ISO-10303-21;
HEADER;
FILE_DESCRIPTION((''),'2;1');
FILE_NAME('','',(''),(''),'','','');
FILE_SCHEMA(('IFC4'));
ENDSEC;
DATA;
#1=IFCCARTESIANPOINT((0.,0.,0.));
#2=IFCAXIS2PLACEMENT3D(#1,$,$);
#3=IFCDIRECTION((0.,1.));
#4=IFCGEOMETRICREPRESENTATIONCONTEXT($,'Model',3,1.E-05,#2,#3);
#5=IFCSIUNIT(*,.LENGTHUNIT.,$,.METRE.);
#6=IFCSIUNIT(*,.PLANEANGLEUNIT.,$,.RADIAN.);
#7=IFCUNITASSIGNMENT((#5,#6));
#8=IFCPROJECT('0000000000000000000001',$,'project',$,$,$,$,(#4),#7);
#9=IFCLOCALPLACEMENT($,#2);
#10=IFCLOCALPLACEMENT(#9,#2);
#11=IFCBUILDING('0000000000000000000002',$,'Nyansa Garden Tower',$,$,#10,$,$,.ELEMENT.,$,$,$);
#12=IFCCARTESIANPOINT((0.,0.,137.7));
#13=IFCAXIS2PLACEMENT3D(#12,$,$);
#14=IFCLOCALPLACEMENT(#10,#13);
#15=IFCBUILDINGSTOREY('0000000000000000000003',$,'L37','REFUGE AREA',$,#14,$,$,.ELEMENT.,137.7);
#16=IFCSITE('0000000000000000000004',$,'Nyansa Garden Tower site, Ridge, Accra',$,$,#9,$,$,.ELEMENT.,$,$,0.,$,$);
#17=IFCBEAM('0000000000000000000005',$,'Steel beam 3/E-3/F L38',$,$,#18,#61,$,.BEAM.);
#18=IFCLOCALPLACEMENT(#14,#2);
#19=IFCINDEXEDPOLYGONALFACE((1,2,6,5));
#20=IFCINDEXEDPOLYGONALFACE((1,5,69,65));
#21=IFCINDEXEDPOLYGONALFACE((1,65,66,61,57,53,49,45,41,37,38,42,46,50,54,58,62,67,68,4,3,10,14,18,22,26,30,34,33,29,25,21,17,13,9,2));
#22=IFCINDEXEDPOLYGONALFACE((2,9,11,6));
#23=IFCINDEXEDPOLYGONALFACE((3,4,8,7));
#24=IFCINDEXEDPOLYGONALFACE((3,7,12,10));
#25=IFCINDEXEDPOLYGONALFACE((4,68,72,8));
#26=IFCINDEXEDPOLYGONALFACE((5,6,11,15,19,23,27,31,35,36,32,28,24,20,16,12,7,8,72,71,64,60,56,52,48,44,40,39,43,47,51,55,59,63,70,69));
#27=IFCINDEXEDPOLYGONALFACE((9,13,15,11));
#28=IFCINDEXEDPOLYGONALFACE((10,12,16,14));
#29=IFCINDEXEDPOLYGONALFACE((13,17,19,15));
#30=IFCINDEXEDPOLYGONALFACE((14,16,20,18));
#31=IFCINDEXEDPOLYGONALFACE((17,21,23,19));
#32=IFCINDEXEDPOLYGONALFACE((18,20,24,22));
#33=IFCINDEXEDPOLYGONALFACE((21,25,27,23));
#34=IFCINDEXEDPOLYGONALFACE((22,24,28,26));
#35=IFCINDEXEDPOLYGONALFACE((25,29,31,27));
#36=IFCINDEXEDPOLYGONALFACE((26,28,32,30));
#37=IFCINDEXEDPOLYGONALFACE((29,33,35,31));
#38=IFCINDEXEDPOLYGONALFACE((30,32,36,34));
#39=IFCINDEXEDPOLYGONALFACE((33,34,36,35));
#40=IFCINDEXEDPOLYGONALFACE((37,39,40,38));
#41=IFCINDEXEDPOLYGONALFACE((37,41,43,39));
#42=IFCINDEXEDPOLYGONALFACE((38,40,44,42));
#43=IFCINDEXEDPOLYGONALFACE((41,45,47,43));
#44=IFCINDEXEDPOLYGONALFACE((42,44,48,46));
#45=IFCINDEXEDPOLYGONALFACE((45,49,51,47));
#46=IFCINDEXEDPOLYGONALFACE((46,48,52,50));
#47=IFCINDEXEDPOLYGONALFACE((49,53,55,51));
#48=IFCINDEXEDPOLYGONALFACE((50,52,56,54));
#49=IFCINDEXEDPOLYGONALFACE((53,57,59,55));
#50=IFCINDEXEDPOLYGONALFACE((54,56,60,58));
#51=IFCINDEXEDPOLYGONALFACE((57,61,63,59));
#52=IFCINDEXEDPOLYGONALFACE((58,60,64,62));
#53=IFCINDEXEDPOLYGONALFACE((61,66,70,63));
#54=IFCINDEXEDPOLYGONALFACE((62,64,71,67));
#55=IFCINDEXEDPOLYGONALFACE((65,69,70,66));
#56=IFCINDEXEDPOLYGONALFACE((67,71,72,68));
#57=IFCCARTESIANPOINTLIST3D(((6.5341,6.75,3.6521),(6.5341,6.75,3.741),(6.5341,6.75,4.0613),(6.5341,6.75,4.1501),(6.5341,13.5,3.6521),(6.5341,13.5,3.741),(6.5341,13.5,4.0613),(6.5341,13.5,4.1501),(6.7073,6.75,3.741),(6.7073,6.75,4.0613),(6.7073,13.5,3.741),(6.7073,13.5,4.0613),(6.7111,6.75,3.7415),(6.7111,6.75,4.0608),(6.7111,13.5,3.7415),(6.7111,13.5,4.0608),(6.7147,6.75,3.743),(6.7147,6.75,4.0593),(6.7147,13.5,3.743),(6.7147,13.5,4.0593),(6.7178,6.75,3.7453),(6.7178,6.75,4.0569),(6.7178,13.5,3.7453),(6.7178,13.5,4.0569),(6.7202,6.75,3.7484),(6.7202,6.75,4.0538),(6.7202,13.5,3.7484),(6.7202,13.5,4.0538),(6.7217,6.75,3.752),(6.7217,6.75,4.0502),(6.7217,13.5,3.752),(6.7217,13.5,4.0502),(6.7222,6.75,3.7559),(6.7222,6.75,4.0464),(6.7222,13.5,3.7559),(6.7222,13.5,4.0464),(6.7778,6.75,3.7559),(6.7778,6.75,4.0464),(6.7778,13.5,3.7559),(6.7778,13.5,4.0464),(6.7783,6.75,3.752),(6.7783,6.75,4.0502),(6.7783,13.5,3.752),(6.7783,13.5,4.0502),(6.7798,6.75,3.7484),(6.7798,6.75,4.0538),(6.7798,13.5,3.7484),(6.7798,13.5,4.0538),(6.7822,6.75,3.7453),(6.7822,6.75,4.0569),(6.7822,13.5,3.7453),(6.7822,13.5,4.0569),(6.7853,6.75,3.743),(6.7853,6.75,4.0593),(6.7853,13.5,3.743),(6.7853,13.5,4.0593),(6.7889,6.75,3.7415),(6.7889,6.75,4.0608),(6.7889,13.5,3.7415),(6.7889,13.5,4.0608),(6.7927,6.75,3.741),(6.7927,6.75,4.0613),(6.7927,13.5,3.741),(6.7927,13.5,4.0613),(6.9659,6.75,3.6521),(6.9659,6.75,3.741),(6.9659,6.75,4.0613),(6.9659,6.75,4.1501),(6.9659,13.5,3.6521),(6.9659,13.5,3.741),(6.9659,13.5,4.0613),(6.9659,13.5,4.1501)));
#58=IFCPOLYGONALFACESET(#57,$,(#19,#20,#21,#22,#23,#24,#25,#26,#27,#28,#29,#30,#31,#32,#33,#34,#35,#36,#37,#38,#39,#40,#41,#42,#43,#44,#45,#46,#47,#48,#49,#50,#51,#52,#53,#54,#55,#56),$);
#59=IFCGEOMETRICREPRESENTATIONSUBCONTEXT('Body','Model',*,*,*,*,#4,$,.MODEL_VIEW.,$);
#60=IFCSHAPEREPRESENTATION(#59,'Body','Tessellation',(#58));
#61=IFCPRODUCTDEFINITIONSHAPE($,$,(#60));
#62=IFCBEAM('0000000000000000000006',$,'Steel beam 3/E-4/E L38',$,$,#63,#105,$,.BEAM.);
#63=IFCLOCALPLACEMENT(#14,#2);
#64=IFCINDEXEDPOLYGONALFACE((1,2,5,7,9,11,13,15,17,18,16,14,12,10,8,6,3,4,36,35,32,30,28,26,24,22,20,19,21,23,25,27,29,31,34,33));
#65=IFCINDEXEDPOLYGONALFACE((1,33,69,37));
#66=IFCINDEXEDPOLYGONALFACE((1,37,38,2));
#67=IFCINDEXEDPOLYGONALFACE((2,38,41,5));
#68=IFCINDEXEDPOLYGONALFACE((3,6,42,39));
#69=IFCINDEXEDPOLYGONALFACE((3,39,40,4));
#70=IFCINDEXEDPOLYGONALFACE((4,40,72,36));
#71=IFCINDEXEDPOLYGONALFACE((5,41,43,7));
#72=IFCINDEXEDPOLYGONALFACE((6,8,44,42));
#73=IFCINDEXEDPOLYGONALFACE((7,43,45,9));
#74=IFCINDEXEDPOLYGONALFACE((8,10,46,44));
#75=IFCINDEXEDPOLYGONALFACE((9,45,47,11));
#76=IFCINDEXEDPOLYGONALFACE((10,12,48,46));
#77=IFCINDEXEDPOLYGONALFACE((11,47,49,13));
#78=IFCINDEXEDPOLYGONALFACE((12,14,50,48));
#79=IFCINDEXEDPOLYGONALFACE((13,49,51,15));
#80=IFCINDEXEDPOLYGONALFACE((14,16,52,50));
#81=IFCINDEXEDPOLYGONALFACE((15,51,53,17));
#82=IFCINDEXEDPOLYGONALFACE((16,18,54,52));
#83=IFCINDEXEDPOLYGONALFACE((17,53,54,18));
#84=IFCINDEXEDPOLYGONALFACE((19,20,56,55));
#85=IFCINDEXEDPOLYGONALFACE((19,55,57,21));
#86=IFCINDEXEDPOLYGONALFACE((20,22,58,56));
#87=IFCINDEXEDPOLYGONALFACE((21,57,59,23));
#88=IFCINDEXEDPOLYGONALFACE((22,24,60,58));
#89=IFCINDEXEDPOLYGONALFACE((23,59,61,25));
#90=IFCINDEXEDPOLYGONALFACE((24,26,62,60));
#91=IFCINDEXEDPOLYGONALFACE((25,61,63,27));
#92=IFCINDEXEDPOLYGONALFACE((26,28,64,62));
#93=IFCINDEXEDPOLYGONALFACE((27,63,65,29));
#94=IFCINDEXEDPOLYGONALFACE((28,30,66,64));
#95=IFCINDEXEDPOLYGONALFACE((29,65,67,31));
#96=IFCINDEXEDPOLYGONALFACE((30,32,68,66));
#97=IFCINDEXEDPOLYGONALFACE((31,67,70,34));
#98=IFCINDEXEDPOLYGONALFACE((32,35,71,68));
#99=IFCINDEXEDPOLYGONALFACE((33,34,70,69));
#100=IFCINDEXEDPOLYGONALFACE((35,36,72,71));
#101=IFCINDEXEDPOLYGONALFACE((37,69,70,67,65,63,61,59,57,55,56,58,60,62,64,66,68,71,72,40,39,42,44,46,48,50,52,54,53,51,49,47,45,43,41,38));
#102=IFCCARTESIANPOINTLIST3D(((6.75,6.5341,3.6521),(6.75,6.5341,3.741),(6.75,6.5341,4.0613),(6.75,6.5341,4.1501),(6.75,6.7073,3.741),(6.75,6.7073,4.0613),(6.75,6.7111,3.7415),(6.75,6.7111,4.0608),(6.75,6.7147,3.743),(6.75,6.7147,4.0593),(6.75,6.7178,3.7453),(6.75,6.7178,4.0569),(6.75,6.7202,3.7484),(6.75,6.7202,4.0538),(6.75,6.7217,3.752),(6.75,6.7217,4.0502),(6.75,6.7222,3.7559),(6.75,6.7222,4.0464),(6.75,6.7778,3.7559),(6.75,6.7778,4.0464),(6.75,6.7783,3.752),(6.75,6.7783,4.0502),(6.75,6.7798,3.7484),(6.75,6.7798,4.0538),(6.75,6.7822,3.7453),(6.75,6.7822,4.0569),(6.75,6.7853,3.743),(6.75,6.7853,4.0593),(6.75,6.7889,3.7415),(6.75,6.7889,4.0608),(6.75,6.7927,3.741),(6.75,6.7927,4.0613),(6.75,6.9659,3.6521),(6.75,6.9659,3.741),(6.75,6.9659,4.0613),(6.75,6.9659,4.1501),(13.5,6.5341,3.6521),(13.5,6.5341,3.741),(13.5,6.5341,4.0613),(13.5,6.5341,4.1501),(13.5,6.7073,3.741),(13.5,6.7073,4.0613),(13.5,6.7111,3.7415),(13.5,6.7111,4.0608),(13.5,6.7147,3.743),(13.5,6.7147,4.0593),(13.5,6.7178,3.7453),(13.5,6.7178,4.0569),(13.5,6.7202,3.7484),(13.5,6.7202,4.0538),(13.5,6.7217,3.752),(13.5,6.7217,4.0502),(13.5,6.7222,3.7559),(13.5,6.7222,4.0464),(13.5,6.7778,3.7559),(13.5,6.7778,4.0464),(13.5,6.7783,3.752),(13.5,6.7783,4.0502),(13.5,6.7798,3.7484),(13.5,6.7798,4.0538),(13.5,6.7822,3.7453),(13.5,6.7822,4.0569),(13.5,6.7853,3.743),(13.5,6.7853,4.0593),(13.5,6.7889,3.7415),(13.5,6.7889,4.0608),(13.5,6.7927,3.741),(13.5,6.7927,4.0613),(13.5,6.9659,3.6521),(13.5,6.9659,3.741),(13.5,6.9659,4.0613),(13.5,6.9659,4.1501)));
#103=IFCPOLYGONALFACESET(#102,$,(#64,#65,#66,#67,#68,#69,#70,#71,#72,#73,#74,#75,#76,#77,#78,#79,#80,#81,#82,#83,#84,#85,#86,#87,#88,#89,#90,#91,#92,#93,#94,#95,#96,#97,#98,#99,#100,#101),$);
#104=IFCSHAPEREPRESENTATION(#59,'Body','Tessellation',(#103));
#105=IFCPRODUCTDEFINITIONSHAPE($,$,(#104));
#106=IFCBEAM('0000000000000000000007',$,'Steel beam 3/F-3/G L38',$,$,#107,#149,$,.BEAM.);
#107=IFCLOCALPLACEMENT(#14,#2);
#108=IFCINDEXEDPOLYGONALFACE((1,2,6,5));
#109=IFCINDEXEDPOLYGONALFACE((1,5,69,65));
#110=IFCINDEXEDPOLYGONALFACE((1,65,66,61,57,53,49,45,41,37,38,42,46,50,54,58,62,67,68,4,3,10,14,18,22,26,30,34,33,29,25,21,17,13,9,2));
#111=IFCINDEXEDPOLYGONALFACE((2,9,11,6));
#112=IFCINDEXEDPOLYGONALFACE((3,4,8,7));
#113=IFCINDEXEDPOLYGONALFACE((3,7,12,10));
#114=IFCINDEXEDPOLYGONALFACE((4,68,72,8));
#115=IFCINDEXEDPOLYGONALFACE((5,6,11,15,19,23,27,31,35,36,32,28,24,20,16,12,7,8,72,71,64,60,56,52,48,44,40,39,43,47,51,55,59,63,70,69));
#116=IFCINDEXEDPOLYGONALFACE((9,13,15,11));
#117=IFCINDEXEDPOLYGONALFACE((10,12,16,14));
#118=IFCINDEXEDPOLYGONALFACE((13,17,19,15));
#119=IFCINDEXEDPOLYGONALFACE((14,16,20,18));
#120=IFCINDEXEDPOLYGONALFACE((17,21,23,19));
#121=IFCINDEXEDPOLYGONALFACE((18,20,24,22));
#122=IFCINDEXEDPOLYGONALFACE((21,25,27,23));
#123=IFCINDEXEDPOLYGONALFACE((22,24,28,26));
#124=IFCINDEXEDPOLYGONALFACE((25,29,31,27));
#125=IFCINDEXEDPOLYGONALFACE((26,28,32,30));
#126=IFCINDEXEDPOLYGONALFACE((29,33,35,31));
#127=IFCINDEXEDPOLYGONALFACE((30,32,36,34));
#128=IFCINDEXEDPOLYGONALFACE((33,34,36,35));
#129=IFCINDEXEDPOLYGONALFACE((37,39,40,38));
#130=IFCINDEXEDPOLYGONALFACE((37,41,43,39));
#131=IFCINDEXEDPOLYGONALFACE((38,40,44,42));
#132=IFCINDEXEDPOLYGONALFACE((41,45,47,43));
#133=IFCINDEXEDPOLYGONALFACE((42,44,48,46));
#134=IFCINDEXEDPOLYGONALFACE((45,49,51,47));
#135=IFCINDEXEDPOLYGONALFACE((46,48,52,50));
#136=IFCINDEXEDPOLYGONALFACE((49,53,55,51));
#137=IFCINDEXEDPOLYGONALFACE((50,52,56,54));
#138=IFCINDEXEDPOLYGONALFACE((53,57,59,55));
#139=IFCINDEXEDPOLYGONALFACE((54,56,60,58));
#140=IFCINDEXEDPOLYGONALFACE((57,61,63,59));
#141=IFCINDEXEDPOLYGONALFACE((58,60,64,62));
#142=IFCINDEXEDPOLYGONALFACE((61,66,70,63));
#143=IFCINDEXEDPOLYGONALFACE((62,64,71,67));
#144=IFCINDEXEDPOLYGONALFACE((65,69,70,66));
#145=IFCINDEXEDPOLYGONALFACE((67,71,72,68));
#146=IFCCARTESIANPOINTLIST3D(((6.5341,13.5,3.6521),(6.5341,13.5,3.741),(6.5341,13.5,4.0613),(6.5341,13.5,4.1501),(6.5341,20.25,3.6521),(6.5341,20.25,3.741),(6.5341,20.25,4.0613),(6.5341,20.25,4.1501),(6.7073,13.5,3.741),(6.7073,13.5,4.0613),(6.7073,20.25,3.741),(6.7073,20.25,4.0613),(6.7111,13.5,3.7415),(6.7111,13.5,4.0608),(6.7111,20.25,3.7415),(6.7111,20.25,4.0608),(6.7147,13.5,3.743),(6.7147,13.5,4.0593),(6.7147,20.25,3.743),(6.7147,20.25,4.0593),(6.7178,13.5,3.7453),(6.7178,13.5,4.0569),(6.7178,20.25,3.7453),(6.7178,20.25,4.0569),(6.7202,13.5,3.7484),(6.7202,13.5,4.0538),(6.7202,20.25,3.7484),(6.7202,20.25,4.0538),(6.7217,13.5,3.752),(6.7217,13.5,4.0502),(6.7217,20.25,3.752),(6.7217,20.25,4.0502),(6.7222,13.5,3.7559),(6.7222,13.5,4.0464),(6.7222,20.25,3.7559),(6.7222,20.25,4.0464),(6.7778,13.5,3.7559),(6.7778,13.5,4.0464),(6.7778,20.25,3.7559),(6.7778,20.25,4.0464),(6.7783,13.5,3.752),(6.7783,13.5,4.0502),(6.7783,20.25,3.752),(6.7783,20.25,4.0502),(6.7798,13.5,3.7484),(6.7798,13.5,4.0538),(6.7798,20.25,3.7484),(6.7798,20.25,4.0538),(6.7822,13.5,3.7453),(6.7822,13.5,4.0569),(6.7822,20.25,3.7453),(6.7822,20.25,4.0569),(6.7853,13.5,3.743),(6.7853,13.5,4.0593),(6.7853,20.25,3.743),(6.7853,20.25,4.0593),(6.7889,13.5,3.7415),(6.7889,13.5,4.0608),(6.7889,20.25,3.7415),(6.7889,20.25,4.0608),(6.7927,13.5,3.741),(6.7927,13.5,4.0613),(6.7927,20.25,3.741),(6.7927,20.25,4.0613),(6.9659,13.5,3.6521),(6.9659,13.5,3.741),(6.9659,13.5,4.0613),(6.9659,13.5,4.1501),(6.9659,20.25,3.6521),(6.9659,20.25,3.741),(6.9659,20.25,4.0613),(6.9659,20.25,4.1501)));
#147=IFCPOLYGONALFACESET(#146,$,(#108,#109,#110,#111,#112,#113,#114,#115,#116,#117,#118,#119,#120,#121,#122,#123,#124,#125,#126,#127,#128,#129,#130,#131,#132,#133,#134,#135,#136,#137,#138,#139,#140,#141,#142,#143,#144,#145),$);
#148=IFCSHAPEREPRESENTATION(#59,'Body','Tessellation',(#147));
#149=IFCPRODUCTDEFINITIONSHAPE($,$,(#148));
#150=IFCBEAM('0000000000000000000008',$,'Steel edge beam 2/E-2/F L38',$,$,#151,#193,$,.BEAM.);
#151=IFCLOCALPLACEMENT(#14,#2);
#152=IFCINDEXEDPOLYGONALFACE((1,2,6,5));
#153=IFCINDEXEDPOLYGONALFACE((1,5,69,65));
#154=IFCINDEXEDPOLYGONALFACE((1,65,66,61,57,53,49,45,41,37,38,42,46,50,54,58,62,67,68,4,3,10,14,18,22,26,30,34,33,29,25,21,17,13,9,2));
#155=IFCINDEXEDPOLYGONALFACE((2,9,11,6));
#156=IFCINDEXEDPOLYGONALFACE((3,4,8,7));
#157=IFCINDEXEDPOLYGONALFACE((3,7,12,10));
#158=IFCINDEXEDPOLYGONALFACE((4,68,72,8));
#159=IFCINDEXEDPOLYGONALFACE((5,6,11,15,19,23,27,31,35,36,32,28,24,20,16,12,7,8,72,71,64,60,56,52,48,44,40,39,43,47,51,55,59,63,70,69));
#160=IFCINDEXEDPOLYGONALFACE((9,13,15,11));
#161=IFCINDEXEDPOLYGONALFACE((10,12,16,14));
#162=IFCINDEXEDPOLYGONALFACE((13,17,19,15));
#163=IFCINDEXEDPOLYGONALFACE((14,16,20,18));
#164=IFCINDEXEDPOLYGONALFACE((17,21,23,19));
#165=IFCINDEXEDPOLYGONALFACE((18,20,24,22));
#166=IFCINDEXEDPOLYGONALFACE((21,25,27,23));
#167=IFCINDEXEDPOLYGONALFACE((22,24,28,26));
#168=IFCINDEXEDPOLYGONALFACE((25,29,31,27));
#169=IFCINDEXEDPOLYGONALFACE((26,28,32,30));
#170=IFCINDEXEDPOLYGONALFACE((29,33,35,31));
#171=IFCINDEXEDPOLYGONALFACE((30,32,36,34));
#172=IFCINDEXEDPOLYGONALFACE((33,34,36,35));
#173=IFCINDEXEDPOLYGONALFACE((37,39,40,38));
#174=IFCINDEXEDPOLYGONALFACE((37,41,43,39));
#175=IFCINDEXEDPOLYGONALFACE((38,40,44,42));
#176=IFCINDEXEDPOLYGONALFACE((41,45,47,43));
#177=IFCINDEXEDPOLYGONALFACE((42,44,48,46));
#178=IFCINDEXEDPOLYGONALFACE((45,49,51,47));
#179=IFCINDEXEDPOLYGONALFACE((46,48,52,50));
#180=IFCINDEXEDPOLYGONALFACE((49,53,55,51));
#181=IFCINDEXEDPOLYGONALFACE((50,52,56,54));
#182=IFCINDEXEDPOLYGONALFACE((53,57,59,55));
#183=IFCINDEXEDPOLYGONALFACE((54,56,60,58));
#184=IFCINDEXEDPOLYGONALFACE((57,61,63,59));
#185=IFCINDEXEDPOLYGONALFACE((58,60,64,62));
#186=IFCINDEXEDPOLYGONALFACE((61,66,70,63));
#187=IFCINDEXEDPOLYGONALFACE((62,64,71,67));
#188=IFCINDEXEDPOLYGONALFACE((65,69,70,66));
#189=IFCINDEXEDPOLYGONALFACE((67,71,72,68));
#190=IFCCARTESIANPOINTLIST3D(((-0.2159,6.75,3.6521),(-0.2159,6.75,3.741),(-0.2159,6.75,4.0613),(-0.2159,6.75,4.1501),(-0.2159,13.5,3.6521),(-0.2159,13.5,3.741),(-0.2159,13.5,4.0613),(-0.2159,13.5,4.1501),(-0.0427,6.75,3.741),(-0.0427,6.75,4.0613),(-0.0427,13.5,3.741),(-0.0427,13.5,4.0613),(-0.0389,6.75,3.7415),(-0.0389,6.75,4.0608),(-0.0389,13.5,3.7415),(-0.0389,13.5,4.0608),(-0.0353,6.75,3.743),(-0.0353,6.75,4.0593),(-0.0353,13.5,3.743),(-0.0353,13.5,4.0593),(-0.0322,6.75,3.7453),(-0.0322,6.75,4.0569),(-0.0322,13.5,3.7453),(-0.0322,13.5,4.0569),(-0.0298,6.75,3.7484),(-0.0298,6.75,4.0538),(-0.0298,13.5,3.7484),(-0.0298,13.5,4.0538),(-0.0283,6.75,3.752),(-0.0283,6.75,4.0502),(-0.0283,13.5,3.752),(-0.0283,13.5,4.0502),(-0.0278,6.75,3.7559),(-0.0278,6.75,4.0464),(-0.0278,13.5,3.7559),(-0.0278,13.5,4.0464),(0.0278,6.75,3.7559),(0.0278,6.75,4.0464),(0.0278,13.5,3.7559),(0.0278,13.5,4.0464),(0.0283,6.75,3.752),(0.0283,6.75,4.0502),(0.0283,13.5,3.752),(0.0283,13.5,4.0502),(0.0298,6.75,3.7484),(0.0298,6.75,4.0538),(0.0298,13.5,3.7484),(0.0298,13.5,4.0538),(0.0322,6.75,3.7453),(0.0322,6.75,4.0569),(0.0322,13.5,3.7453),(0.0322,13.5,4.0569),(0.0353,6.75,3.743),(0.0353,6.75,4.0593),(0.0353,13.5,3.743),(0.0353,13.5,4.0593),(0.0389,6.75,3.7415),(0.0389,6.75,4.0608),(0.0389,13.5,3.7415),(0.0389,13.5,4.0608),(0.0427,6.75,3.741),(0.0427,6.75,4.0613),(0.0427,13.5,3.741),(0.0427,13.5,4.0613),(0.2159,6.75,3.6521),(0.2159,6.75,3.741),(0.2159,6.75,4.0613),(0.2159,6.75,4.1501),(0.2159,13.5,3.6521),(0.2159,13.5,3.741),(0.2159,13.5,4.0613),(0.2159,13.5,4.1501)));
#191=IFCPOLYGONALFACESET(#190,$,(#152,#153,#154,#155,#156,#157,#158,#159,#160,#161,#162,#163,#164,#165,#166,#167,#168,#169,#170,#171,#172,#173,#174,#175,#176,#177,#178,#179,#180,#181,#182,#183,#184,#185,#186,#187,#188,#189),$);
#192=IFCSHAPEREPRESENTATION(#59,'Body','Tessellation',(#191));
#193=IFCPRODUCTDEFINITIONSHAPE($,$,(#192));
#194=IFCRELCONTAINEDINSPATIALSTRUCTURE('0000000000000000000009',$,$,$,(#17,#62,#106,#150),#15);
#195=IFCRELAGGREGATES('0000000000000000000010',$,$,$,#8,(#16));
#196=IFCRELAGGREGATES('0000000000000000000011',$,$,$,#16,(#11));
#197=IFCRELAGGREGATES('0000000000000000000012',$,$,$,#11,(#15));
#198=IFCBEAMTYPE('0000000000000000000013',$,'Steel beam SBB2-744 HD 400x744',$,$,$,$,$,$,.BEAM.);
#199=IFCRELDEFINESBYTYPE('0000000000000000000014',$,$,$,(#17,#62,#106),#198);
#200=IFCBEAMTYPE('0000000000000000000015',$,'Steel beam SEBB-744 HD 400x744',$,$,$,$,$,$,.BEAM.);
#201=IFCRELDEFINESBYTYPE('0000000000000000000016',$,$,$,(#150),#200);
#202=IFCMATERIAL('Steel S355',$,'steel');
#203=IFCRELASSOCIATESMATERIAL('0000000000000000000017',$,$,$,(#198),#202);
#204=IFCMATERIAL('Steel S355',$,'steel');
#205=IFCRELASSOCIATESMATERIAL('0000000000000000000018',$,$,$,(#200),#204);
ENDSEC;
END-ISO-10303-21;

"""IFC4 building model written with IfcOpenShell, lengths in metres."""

from ifc_helpers import new_model, si_unit, direction, frame, origin, origin_2d, place, context, subcontext, project, spatial, i_section, extrude, material, material_profile, profile_set, type_object, element, save


model = new_model("IFC4")

# Units and contexts
model_context = context("Model", 3, precision=1e-05, world=origin(), true_north=direction((0.0, 1.0)))
body_context = subcontext(model_context, "Body", "Model", "MODEL_VIEW")
ifc_project = project(units=[si_unit("LENGTHUNIT", "METRE"), si_unit("PLANEANGLEUNIT", "RADIAN")], contexts=[model_context])

# Site, building, storey
site_placement = place(None, origin())
site = spatial("IfcSite", under=ifc_project, at=site_placement, Name="Nyansa Garden Tower site, Ridge, Accra", CompositionType="ELEMENT", RefElevation=0.0)
building_placement = place(site_placement, origin())
building = spatial("IfcBuilding", under=site, at=building_placement, Name="Nyansa Garden Tower", CompositionType="ELEMENT")
storey_placement = place(building_placement, frame((0.0, 0.0, 137.7)))
storey = spatial("IfcBuildingStorey", under=building, at=storey_placement, Name="L37", Description="REFUGE AREA", CompositionType="ELEMENT", Elevation=137.7)

# Beams
ifc_material_1 = material(Name="Steel S355", Category="steel")
ifc_material_profile_1 = material_profile(ifc_material_1, i_section(OverallWidth=0.4319, OverallDepth=0.498, WebThickness=0.0557, FlangeThickness=0.0889, FilletRadius=0.0149, at=origin_2d()), Name="HD 400x744")
ifc_profile_set_1 = profile_set([ifc_material_profile_1], Name="Steel S355")
beam_type_1 = type_object("IfcBeamType", Name="Steel beam SBB2-744 HD 400x744", PredefinedType="BEAM", material=ifc_profile_set_1)
for number, where, z_axis, x_axis, name in (
    (1, (6.75, 6.75, 3.9011), (0.0, 1.0, 0.0), (-1.0, 0.0, 0.0), "Steel beam 3/E-3/F L38"),
    (2, (6.75, 6.75, 3.9011), (1.0, 0.0, 0.0), (0.0, 1.0, 0.0), "Steel beam 3/E-4/E L38"),
    (3, (6.75, 13.5, 3.9011), (0.0, 1.0, 0.0), (-1.0, 0.0, 0.0), "Steel beam 3/F-3/G L38"),
):
    element("IfcBeam", number, at=place(storey_placement, frame(where, z_axis=z_axis, x_axis=x_axis)), inside=storey, type_object=beam_type_1, Name=name, PredefinedType="BEAM", context=body_context, shape_type="SweptSolid", body=[
        extrude(i_section(OverallWidth=0.4319, OverallDepth=0.498, WebThickness=0.0557, FlangeThickness=0.0889, FilletRadius=0.0149, at=origin_2d()), origin(), (0.0, 0.0, 1.0), 6.75),
    ])
ifc_material_2 = material(Name="Steel S355", Category="steel")
ifc_material_profile_2 = material_profile(ifc_material_2, i_section(OverallWidth=0.4319, OverallDepth=0.498, WebThickness=0.0557, FlangeThickness=0.0889, FilletRadius=0.0149, at=origin_2d()), Name="HD 400x744")
ifc_profile_set_2 = profile_set([ifc_material_profile_2], Name="Steel S355")
beam_type_2 = type_object("IfcBeamType", Name="Steel beam SEBB-744 HD 400x744", PredefinedType="BEAM", material=ifc_profile_set_2)
for number, where, z_axis, x_axis, name in (
    (4, (0.0, 6.75, 3.9011), (0.0, 1.0, 0.0), (-1.0, 0.0, 0.0), "Steel edge beam 2/E-2/F L38"),
):
    element("IfcBeam", number, at=place(storey_placement, frame(where, z_axis=z_axis, x_axis=x_axis)), inside=storey, type_object=beam_type_2, Name=name, PredefinedType="BEAM", context=body_context, shape_type="SweptSolid", body=[
        extrude(i_section(OverallWidth=0.4319, OverallDepth=0.498, WebThickness=0.0557, FlangeThickness=0.0889, FilletRadius=0.0149, at=origin_2d()), origin(), (0.0, 0.0, 1.0), 6.75),
    ])

save(model, "model.ifc")
